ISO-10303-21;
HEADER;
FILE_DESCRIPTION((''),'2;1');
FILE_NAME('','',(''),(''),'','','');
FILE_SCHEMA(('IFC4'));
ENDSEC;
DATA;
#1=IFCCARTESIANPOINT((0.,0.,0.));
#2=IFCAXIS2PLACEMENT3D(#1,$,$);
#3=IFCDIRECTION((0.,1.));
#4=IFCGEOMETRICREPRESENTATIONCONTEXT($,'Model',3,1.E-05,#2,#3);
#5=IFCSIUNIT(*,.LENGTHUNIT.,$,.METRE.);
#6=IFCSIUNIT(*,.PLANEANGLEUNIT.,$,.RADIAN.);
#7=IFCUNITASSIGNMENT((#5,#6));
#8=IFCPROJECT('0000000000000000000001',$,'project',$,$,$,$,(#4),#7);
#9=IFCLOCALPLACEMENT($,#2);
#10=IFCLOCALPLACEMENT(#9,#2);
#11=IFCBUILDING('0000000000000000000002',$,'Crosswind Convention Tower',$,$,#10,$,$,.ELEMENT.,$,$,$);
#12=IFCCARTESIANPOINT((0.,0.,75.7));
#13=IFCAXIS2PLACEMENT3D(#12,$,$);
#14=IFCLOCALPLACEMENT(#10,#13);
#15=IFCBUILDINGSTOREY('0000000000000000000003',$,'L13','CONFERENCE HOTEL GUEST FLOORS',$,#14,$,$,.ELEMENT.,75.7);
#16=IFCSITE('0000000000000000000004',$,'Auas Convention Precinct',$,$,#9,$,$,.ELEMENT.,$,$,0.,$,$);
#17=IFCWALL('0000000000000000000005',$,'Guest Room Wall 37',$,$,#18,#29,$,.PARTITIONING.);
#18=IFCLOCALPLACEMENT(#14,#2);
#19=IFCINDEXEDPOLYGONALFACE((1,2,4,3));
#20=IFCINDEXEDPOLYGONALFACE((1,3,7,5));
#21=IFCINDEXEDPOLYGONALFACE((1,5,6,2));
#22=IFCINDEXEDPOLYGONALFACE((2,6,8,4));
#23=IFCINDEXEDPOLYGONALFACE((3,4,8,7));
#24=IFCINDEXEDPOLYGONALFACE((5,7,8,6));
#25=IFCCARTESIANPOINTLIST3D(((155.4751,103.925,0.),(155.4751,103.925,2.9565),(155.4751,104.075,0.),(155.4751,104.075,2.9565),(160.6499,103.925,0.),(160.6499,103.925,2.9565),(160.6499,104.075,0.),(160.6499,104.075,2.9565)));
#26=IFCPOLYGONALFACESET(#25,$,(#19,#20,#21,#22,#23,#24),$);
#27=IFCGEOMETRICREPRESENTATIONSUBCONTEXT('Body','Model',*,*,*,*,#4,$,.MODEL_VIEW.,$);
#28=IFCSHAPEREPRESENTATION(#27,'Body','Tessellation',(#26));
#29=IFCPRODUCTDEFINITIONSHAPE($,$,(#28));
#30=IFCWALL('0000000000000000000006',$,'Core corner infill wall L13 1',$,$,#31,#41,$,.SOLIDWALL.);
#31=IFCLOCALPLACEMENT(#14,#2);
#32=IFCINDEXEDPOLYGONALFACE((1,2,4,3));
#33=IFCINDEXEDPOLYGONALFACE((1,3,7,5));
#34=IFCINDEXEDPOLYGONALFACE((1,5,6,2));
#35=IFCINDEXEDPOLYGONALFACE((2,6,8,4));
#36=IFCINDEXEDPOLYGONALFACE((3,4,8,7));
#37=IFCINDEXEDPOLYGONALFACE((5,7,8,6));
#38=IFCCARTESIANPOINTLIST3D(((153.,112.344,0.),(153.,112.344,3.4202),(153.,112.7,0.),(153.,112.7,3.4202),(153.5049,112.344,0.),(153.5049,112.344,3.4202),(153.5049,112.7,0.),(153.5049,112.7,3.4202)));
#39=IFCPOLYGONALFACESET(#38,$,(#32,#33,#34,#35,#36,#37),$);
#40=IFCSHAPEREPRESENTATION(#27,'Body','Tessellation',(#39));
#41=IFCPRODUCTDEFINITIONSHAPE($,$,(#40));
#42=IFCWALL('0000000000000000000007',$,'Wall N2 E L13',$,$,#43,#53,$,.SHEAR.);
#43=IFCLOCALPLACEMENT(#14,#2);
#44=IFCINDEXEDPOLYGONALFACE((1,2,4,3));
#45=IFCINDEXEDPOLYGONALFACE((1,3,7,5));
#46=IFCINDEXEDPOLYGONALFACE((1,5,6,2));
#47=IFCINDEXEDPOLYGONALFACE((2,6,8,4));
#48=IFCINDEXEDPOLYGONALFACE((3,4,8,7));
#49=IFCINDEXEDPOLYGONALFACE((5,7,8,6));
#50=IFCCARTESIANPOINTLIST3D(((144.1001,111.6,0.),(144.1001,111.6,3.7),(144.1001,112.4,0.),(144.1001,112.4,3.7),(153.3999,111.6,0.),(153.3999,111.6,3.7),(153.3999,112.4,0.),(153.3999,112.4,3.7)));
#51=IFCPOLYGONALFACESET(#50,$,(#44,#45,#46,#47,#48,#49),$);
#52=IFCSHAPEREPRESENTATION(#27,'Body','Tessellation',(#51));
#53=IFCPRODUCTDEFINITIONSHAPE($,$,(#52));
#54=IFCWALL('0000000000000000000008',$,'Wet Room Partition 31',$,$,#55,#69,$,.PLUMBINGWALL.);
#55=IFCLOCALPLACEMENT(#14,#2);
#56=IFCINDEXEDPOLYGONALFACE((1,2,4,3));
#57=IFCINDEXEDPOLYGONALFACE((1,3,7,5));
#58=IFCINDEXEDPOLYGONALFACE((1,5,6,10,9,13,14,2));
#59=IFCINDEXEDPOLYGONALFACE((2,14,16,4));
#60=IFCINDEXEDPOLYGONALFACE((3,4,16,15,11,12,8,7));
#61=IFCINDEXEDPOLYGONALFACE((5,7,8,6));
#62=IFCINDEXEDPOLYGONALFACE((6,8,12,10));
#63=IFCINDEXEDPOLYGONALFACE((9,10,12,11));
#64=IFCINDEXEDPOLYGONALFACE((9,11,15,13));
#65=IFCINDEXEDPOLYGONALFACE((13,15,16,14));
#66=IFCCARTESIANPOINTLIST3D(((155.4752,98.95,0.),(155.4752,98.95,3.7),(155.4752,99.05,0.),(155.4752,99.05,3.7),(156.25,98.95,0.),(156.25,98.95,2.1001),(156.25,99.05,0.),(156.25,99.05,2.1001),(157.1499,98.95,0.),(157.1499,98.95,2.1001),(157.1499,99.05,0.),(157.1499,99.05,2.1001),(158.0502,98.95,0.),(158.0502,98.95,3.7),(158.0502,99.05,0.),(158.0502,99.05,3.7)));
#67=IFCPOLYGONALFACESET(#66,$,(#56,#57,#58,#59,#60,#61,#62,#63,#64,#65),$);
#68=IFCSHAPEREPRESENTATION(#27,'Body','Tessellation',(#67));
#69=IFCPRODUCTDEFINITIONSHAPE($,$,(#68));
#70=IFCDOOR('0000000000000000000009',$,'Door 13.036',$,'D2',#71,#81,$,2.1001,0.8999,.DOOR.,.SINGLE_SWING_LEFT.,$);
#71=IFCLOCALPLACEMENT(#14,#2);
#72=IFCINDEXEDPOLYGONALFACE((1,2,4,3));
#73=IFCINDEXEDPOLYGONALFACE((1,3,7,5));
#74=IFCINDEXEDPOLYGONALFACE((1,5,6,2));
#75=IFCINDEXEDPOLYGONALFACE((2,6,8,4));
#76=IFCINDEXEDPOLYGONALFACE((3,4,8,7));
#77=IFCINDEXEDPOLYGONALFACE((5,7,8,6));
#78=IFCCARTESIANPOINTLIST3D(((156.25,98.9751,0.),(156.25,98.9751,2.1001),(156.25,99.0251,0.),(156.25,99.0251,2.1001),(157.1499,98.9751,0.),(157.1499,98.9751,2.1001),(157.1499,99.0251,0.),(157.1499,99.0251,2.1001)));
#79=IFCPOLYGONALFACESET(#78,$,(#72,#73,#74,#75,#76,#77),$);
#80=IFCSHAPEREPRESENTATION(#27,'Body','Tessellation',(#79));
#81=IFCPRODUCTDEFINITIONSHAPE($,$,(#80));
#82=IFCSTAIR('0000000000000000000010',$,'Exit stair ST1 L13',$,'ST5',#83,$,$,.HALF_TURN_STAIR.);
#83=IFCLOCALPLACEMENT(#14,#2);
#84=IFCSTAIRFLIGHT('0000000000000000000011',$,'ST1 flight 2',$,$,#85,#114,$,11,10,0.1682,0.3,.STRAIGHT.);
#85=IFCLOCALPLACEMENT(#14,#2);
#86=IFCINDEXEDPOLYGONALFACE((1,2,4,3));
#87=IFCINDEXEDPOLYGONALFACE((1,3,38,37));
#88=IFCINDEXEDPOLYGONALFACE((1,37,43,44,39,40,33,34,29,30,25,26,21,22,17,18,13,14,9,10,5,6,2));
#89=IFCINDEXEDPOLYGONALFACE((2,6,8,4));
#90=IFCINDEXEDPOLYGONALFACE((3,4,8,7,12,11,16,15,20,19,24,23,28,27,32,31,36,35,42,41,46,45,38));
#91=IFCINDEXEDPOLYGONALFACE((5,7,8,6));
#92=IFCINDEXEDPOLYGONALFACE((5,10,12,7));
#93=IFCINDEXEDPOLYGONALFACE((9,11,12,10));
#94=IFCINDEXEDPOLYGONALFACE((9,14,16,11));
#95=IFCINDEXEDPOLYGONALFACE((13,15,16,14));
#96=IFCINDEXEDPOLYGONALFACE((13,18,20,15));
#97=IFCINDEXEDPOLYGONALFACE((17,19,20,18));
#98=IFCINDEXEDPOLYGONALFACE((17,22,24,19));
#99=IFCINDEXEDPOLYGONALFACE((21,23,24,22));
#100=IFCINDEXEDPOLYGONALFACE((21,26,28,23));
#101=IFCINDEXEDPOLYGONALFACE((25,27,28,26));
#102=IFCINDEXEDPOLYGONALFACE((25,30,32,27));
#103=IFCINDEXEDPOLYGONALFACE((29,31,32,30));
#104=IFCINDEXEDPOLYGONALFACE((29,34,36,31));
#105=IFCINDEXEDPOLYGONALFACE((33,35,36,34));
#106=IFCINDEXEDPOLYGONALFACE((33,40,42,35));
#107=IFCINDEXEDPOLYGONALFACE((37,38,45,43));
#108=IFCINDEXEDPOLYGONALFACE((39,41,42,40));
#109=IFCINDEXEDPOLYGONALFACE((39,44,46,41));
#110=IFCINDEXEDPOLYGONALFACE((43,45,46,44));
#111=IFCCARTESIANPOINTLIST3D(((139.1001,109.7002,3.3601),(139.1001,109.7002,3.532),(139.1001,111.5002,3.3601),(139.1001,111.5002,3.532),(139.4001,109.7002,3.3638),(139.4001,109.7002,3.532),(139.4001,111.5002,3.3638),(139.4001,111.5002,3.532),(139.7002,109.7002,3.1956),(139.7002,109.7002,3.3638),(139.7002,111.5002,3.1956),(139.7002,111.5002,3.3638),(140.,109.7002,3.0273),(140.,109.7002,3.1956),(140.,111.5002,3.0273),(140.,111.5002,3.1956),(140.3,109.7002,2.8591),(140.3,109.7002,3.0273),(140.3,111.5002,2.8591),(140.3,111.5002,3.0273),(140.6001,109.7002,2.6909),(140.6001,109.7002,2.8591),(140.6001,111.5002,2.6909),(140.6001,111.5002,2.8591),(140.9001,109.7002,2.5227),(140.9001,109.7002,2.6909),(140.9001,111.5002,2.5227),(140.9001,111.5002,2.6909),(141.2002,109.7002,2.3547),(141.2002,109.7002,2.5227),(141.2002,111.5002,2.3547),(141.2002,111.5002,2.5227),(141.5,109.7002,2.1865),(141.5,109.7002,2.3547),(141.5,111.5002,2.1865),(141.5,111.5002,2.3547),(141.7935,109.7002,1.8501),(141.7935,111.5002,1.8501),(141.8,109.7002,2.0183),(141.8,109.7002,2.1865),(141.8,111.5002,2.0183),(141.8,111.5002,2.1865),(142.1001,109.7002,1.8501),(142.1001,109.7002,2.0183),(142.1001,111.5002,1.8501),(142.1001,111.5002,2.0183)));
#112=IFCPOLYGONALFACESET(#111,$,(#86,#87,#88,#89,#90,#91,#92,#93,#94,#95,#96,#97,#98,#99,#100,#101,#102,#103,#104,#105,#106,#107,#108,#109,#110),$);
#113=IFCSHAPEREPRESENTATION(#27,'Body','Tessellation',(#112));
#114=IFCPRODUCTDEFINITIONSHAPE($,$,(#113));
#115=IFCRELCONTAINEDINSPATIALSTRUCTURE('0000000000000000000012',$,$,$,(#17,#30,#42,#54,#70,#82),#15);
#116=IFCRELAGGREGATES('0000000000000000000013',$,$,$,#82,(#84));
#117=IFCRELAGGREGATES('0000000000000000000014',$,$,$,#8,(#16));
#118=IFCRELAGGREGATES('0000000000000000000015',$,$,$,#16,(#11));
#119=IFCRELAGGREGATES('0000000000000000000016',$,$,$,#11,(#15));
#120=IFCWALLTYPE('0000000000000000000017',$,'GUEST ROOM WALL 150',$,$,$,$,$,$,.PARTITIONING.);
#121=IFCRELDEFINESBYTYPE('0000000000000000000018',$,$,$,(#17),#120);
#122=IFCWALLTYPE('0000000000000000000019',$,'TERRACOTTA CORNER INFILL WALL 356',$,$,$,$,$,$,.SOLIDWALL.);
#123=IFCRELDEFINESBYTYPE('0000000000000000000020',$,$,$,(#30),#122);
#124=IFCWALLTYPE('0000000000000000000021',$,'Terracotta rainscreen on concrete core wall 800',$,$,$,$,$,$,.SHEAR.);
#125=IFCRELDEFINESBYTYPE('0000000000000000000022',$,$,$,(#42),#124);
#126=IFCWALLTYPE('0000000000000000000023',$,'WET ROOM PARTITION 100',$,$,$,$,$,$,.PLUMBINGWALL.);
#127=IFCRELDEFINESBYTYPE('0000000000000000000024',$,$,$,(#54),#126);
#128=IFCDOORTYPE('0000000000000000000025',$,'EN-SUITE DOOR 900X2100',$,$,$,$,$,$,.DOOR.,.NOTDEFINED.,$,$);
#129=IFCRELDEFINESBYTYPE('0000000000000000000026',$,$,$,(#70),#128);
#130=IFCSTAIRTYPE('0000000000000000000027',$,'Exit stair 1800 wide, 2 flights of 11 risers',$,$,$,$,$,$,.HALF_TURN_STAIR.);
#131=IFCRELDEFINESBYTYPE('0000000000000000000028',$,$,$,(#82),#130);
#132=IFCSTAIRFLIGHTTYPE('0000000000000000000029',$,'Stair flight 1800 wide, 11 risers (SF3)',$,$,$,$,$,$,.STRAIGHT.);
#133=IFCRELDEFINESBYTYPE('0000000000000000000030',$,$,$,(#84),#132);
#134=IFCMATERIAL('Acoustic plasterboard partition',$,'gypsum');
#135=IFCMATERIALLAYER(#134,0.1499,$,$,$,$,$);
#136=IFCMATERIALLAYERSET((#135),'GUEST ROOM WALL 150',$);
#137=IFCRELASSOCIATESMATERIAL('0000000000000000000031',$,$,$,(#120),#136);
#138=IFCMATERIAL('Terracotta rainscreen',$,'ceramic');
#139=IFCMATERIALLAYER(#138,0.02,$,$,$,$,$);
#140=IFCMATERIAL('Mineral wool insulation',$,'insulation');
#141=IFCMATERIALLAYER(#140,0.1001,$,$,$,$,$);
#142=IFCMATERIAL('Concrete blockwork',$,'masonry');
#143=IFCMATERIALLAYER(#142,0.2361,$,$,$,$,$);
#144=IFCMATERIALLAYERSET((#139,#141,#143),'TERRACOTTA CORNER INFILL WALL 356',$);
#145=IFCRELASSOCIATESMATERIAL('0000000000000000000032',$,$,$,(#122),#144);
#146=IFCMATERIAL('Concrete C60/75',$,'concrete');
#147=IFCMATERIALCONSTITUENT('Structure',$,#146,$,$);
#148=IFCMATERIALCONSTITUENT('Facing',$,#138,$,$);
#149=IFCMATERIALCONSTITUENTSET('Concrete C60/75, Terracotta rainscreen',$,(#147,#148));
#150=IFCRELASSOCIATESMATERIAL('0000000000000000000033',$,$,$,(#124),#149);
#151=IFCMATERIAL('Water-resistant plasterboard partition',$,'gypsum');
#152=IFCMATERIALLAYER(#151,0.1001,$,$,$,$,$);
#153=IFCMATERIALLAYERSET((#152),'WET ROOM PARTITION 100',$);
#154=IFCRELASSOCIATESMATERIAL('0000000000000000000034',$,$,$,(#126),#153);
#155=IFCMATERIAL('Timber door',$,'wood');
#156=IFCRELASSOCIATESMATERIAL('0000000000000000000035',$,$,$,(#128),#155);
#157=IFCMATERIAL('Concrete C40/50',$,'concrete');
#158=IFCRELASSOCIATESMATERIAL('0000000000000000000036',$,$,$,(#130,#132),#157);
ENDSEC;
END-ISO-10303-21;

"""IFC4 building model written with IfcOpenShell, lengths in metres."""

from ifc_helpers import new_model, si_unit, direction, frame, frame_2d, origin, place, context, subcontext, project, spatial, polyline, rectangle, outline, extrude, material, layer, layer_set, constituent, constituent_set, type_object, element, fill, aggregate, save


model = new_model("IFC4")

# Units and contexts
model_context = context("Model", 3, precision=1e-05, world=origin(), true_north=direction((0.0, 1.0)))
body_context = subcontext(model_context, "Body", "Model", "MODEL_VIEW")
ifc_project = project(units=[si_unit("LENGTHUNIT", "METRE"), si_unit("PLANEANGLEUNIT", "RADIAN")], contexts=[model_context])

# Site, building, storey
site_placement = place(None, origin())
site = spatial("IfcSite", under=ifc_project, at=site_placement, Name="Auas Convention Precinct", CompositionType="ELEMENT", RefElevation=0.0)
building_placement = place(site_placement, origin())
building = spatial("IfcBuilding", under=site, at=building_placement, Name="Crosswind Convention Tower", CompositionType="ELEMENT")
storey_placement = place(building_placement, frame((0.0, 0.0, 75.7)))
storey = spatial("IfcBuildingStorey", under=building, at=storey_placement, Name="L13", Description="CONFERENCE HOTEL GUEST FLOORS", CompositionType="ELEMENT", Elevation=75.7)

# Shared definitions
ifc_material_1 = material(Name="Timber door", Category="wood")

# Walls
ifc_material_2 = material(Name="Acoustic plasterboard partition", Category="gypsum")
ifc_layer_1 = layer(ifc_material_2, 0.1499)
ifc_layer_set_1 = layer_set([ifc_layer_1], Name="GUEST ROOM WALL 150")
wall_type_1 = type_object("IfcWallType", Name="GUEST ROOM WALL 150", PredefinedType="PARTITIONING", material=ifc_layer_set_1)
wall_1_placement = place(storey_placement, frame((155.4751, 104.0, 0.0), z_axis=(0.0, 0.0, 1.0), x_axis=(1.0, 0.0, 0.0)))
element("IfcWall", 1, at=wall_1_placement, inside=storey, type_object=wall_type_1, Name="Guest Room Wall 37", PredefinedType="PARTITIONING", context=body_context, shape_type="SweptSolid", body=[
    extrude(rectangle(XDim=5.1748, YDim=0.1499, at=frame_2d((2.5874, 0.0))), origin(), (0.0, 0.0, 1.0), 2.9565),
])
ifc_material_3 = material(Name="Terracotta rainscreen", Category="ceramic")
ifc_layer_2 = layer(ifc_material_3, 0.02)
ifc_material_4 = material(Name="Mineral wool insulation", Category="insulation")
ifc_layer_3 = layer(ifc_material_4, 0.1001)
ifc_material_5 = material(Name="Concrete blockwork", Category="masonry")
ifc_layer_4 = layer(ifc_material_5, 0.2361)
ifc_layer_set_2 = layer_set([ifc_layer_2, ifc_layer_3, ifc_layer_4], Name="TERRACOTTA CORNER INFILL WALL 356")
wall_type_2 = type_object("IfcWallType", Name="TERRACOTTA CORNER INFILL WALL 356", PredefinedType="SOLIDWALL", material=ifc_layer_set_2)
wall_2_placement = place(storey_placement, frame((153.0, 112.522, 0.0), z_axis=(0.0, 0.0, 1.0), x_axis=(1.0, 0.0, 0.0)))
element("IfcWall", 2, at=wall_2_placement, inside=storey, type_object=wall_type_2, Name="Core corner infill wall L13 1", PredefinedType="SOLIDWALL", context=body_context, shape_type="SweptSolid", body=[
    extrude(rectangle(XDim=0.5049, YDim=0.356, at=frame_2d((0.2524, 0.0))), origin(), (0.0, 0.0, 1.0), 3.4202),
])
ifc_material_6 = material(Name="Concrete C60/75", Category="concrete")
ifc_constituent_1 = constituent(ifc_material_6, Name="Structure")
ifc_constituent_2 = constituent(ifc_material_3, Name="Facing")
ifc_constituent_set = constituent_set(constituents=[ifc_constituent_1, ifc_constituent_2], Name="Concrete C60/75, Terracotta rainscreen")
wall_type_3 = type_object("IfcWallType", Name="Terracotta rainscreen on concrete core wall 800", PredefinedType="SHEAR", material=ifc_constituent_set)
wall_3_placement = place(storey_placement, frame((144.1001, 112.0, 0.0), z_axis=(0.0, 0.0, 1.0), x_axis=(1.0, 0.0, 0.0)))
element("IfcWall", 3, at=wall_3_placement, inside=storey, type_object=wall_type_3, Name="Wall N2 E L13", PredefinedType="SHEAR", context=body_context, shape_type="SweptSolid", body=[
    extrude(rectangle(XDim=9.2998, YDim=0.8, at=frame_2d((4.6499, 0.0))), origin(), (0.0, 0.0, 1.0), 3.7),
])

# Wall, opening, door
ifc_material_7 = material(Name="Water-resistant plasterboard partition", Category="gypsum")
ifc_layer_5 = layer(ifc_material_7, 0.1001)
ifc_layer_set_3 = layer_set([ifc_layer_5], Name="WET ROOM PARTITION 100")
wall_type_4 = type_object("IfcWallType", Name="WET ROOM PARTITION 100", PredefinedType="PLUMBINGWALL", material=ifc_layer_set_3)
wall_4_placement = place(storey_placement, frame((155.4751, 99.0, 0.0), z_axis=(0.0, 0.0, 1.0), x_axis=(1.0, 0.0, 0.0)))
wall_4 = element("IfcWall", 4, at=wall_4_placement, inside=storey, type_object=wall_type_4, Name="Wet Room Partition 31", PredefinedType="PLUMBINGWALL", context=body_context, shape_type="SweptSolid", body=[
    extrude(rectangle(XDim=2.575, YDim=0.1001, at=frame_2d((1.2876, 0.0))), origin(), (0.0, 0.0, 1.0), 3.7),
])
opening_1_placement = place(wall_4_placement, frame((0.7749, 0.0, 0.0)))
opening_1 = element("IfcOpeningElement", 5, at=opening_1_placement, cuts=wall_4, PredefinedType="OPENING", context=body_context, shape_type="SweptSolid", body=[
    extrude(rectangle(XDim=0.8999, YDim=2.1001, at=frame_2d((0.45, 1.05))), frame((0.0, 0.0601, 0.0), z_axis=(0.0, -1.0, 0.0), x_axis=(1.0, 0.0, 0.0)), (0.0, 0.0, 1.0), 0.1201),
])
door_type_1 = type_object("IfcDoorType", Name="EN-SUITE DOOR 900X2100", OperationType="NOTDEFINED", PredefinedType="DOOR", material=ifc_material_1)
door_1_placement = place(opening_1_placement, frame((0.8999, 0.0, 0.0), z_axis=(0.0, 0.0, 1.0), x_axis=(-1.0, 0.0, 0.0)))
door_1 = element("IfcDoor", 6, at=door_1_placement, inside=storey, type_object=door_type_1, Name="Door 13.036", ObjectType="D2", OperationType="SINGLE_SWING_LEFT", OverallHeight=2.1001, OverallWidth=0.8999, PredefinedType="DOOR", context=body_context, shape_type="SweptSolid", body=[
    extrude(rectangle(XDim=0.8999, YDim=2.1001, at=frame_2d((0.45, 1.05))), frame((0.0, 0.0249, 0.0), z_axis=(0.0, -1.0, 0.0), x_axis=(1.0, 0.0, 0.0)), (0.0, 0.0, 1.0), 0.05),
])
fill(opening_1, door_1)

# Stair, stair flight
ifc_material_8 = material(Name="Concrete C40/50", Category="concrete")
stair_type = type_object("IfcStairType", Name="Exit stair 1800 wide, 2 flights of 11 risers", PredefinedType="HALF_TURN_STAIR", material=ifc_material_8)
stair_placement = place(storey_placement, origin())
stair = element("IfcStair", 7, at=stair_placement, inside=storey, type_object=stair_type, Name="Exit stair ST1 L13", ObjectType="ST5", PredefinedType="HALF_TURN_STAIR")
stair_flight_type = type_object("IfcStairFlightType", Name="Stair flight 1800 wide, 11 risers (SF3)", PredefinedType="STRAIGHT", material=ifc_material_8)
stair_flight_placement = place(storey_placement, frame((142.1001, 110.6001, 1.8501), z_axis=(0.0, 0.0, 1.0), x_axis=(-1.0, 0.0, 0.0)))
stair_flight = element("IfcStairFlight", 8, at=stair_flight_placement, type_object=stair_flight_type, Name="ST1 flight 2", NumberOfRisers=11, NumberOfTreads=10, PredefinedType="STRAIGHT", RiserHeight=0.1682, TreadLength=0.3, context=body_context, shape_type="SweptSolid", body=[
    extrude(outline(polyline([(0.0, 0.0), (0.0, 0.1682), (0.3, 0.1682), (0.3, 0.3364), (0.6001, 0.3364), (0.6001, 0.5046), (0.8999, 0.5046), (0.8999, 0.6726), (1.2, 0.6726), (1.2, 0.8408), (1.5, 0.8408), (1.5, 1.009), (1.8, 1.009), (1.8, 1.1772), (2.1001, 1.1772), (2.1001, 1.3455), (2.3999, 1.3455), (2.3999, 1.5137), (2.7, 1.5137), (2.7, 1.6819), (3.0, 1.6819), (3.0, 1.8501), (3.0, 1.51), (0.3066, 0.0), (0.0, 0.0)])), frame((0.0, 0.8999, 0.0), z_axis=(0.0, -1.0, 0.0), x_axis=(1.0, 0.0, 0.0)), (0.0, 0.0, 1.0), 1.8),
])
aggregate(stair, [stair_flight])

save(model, "model.ifc")
